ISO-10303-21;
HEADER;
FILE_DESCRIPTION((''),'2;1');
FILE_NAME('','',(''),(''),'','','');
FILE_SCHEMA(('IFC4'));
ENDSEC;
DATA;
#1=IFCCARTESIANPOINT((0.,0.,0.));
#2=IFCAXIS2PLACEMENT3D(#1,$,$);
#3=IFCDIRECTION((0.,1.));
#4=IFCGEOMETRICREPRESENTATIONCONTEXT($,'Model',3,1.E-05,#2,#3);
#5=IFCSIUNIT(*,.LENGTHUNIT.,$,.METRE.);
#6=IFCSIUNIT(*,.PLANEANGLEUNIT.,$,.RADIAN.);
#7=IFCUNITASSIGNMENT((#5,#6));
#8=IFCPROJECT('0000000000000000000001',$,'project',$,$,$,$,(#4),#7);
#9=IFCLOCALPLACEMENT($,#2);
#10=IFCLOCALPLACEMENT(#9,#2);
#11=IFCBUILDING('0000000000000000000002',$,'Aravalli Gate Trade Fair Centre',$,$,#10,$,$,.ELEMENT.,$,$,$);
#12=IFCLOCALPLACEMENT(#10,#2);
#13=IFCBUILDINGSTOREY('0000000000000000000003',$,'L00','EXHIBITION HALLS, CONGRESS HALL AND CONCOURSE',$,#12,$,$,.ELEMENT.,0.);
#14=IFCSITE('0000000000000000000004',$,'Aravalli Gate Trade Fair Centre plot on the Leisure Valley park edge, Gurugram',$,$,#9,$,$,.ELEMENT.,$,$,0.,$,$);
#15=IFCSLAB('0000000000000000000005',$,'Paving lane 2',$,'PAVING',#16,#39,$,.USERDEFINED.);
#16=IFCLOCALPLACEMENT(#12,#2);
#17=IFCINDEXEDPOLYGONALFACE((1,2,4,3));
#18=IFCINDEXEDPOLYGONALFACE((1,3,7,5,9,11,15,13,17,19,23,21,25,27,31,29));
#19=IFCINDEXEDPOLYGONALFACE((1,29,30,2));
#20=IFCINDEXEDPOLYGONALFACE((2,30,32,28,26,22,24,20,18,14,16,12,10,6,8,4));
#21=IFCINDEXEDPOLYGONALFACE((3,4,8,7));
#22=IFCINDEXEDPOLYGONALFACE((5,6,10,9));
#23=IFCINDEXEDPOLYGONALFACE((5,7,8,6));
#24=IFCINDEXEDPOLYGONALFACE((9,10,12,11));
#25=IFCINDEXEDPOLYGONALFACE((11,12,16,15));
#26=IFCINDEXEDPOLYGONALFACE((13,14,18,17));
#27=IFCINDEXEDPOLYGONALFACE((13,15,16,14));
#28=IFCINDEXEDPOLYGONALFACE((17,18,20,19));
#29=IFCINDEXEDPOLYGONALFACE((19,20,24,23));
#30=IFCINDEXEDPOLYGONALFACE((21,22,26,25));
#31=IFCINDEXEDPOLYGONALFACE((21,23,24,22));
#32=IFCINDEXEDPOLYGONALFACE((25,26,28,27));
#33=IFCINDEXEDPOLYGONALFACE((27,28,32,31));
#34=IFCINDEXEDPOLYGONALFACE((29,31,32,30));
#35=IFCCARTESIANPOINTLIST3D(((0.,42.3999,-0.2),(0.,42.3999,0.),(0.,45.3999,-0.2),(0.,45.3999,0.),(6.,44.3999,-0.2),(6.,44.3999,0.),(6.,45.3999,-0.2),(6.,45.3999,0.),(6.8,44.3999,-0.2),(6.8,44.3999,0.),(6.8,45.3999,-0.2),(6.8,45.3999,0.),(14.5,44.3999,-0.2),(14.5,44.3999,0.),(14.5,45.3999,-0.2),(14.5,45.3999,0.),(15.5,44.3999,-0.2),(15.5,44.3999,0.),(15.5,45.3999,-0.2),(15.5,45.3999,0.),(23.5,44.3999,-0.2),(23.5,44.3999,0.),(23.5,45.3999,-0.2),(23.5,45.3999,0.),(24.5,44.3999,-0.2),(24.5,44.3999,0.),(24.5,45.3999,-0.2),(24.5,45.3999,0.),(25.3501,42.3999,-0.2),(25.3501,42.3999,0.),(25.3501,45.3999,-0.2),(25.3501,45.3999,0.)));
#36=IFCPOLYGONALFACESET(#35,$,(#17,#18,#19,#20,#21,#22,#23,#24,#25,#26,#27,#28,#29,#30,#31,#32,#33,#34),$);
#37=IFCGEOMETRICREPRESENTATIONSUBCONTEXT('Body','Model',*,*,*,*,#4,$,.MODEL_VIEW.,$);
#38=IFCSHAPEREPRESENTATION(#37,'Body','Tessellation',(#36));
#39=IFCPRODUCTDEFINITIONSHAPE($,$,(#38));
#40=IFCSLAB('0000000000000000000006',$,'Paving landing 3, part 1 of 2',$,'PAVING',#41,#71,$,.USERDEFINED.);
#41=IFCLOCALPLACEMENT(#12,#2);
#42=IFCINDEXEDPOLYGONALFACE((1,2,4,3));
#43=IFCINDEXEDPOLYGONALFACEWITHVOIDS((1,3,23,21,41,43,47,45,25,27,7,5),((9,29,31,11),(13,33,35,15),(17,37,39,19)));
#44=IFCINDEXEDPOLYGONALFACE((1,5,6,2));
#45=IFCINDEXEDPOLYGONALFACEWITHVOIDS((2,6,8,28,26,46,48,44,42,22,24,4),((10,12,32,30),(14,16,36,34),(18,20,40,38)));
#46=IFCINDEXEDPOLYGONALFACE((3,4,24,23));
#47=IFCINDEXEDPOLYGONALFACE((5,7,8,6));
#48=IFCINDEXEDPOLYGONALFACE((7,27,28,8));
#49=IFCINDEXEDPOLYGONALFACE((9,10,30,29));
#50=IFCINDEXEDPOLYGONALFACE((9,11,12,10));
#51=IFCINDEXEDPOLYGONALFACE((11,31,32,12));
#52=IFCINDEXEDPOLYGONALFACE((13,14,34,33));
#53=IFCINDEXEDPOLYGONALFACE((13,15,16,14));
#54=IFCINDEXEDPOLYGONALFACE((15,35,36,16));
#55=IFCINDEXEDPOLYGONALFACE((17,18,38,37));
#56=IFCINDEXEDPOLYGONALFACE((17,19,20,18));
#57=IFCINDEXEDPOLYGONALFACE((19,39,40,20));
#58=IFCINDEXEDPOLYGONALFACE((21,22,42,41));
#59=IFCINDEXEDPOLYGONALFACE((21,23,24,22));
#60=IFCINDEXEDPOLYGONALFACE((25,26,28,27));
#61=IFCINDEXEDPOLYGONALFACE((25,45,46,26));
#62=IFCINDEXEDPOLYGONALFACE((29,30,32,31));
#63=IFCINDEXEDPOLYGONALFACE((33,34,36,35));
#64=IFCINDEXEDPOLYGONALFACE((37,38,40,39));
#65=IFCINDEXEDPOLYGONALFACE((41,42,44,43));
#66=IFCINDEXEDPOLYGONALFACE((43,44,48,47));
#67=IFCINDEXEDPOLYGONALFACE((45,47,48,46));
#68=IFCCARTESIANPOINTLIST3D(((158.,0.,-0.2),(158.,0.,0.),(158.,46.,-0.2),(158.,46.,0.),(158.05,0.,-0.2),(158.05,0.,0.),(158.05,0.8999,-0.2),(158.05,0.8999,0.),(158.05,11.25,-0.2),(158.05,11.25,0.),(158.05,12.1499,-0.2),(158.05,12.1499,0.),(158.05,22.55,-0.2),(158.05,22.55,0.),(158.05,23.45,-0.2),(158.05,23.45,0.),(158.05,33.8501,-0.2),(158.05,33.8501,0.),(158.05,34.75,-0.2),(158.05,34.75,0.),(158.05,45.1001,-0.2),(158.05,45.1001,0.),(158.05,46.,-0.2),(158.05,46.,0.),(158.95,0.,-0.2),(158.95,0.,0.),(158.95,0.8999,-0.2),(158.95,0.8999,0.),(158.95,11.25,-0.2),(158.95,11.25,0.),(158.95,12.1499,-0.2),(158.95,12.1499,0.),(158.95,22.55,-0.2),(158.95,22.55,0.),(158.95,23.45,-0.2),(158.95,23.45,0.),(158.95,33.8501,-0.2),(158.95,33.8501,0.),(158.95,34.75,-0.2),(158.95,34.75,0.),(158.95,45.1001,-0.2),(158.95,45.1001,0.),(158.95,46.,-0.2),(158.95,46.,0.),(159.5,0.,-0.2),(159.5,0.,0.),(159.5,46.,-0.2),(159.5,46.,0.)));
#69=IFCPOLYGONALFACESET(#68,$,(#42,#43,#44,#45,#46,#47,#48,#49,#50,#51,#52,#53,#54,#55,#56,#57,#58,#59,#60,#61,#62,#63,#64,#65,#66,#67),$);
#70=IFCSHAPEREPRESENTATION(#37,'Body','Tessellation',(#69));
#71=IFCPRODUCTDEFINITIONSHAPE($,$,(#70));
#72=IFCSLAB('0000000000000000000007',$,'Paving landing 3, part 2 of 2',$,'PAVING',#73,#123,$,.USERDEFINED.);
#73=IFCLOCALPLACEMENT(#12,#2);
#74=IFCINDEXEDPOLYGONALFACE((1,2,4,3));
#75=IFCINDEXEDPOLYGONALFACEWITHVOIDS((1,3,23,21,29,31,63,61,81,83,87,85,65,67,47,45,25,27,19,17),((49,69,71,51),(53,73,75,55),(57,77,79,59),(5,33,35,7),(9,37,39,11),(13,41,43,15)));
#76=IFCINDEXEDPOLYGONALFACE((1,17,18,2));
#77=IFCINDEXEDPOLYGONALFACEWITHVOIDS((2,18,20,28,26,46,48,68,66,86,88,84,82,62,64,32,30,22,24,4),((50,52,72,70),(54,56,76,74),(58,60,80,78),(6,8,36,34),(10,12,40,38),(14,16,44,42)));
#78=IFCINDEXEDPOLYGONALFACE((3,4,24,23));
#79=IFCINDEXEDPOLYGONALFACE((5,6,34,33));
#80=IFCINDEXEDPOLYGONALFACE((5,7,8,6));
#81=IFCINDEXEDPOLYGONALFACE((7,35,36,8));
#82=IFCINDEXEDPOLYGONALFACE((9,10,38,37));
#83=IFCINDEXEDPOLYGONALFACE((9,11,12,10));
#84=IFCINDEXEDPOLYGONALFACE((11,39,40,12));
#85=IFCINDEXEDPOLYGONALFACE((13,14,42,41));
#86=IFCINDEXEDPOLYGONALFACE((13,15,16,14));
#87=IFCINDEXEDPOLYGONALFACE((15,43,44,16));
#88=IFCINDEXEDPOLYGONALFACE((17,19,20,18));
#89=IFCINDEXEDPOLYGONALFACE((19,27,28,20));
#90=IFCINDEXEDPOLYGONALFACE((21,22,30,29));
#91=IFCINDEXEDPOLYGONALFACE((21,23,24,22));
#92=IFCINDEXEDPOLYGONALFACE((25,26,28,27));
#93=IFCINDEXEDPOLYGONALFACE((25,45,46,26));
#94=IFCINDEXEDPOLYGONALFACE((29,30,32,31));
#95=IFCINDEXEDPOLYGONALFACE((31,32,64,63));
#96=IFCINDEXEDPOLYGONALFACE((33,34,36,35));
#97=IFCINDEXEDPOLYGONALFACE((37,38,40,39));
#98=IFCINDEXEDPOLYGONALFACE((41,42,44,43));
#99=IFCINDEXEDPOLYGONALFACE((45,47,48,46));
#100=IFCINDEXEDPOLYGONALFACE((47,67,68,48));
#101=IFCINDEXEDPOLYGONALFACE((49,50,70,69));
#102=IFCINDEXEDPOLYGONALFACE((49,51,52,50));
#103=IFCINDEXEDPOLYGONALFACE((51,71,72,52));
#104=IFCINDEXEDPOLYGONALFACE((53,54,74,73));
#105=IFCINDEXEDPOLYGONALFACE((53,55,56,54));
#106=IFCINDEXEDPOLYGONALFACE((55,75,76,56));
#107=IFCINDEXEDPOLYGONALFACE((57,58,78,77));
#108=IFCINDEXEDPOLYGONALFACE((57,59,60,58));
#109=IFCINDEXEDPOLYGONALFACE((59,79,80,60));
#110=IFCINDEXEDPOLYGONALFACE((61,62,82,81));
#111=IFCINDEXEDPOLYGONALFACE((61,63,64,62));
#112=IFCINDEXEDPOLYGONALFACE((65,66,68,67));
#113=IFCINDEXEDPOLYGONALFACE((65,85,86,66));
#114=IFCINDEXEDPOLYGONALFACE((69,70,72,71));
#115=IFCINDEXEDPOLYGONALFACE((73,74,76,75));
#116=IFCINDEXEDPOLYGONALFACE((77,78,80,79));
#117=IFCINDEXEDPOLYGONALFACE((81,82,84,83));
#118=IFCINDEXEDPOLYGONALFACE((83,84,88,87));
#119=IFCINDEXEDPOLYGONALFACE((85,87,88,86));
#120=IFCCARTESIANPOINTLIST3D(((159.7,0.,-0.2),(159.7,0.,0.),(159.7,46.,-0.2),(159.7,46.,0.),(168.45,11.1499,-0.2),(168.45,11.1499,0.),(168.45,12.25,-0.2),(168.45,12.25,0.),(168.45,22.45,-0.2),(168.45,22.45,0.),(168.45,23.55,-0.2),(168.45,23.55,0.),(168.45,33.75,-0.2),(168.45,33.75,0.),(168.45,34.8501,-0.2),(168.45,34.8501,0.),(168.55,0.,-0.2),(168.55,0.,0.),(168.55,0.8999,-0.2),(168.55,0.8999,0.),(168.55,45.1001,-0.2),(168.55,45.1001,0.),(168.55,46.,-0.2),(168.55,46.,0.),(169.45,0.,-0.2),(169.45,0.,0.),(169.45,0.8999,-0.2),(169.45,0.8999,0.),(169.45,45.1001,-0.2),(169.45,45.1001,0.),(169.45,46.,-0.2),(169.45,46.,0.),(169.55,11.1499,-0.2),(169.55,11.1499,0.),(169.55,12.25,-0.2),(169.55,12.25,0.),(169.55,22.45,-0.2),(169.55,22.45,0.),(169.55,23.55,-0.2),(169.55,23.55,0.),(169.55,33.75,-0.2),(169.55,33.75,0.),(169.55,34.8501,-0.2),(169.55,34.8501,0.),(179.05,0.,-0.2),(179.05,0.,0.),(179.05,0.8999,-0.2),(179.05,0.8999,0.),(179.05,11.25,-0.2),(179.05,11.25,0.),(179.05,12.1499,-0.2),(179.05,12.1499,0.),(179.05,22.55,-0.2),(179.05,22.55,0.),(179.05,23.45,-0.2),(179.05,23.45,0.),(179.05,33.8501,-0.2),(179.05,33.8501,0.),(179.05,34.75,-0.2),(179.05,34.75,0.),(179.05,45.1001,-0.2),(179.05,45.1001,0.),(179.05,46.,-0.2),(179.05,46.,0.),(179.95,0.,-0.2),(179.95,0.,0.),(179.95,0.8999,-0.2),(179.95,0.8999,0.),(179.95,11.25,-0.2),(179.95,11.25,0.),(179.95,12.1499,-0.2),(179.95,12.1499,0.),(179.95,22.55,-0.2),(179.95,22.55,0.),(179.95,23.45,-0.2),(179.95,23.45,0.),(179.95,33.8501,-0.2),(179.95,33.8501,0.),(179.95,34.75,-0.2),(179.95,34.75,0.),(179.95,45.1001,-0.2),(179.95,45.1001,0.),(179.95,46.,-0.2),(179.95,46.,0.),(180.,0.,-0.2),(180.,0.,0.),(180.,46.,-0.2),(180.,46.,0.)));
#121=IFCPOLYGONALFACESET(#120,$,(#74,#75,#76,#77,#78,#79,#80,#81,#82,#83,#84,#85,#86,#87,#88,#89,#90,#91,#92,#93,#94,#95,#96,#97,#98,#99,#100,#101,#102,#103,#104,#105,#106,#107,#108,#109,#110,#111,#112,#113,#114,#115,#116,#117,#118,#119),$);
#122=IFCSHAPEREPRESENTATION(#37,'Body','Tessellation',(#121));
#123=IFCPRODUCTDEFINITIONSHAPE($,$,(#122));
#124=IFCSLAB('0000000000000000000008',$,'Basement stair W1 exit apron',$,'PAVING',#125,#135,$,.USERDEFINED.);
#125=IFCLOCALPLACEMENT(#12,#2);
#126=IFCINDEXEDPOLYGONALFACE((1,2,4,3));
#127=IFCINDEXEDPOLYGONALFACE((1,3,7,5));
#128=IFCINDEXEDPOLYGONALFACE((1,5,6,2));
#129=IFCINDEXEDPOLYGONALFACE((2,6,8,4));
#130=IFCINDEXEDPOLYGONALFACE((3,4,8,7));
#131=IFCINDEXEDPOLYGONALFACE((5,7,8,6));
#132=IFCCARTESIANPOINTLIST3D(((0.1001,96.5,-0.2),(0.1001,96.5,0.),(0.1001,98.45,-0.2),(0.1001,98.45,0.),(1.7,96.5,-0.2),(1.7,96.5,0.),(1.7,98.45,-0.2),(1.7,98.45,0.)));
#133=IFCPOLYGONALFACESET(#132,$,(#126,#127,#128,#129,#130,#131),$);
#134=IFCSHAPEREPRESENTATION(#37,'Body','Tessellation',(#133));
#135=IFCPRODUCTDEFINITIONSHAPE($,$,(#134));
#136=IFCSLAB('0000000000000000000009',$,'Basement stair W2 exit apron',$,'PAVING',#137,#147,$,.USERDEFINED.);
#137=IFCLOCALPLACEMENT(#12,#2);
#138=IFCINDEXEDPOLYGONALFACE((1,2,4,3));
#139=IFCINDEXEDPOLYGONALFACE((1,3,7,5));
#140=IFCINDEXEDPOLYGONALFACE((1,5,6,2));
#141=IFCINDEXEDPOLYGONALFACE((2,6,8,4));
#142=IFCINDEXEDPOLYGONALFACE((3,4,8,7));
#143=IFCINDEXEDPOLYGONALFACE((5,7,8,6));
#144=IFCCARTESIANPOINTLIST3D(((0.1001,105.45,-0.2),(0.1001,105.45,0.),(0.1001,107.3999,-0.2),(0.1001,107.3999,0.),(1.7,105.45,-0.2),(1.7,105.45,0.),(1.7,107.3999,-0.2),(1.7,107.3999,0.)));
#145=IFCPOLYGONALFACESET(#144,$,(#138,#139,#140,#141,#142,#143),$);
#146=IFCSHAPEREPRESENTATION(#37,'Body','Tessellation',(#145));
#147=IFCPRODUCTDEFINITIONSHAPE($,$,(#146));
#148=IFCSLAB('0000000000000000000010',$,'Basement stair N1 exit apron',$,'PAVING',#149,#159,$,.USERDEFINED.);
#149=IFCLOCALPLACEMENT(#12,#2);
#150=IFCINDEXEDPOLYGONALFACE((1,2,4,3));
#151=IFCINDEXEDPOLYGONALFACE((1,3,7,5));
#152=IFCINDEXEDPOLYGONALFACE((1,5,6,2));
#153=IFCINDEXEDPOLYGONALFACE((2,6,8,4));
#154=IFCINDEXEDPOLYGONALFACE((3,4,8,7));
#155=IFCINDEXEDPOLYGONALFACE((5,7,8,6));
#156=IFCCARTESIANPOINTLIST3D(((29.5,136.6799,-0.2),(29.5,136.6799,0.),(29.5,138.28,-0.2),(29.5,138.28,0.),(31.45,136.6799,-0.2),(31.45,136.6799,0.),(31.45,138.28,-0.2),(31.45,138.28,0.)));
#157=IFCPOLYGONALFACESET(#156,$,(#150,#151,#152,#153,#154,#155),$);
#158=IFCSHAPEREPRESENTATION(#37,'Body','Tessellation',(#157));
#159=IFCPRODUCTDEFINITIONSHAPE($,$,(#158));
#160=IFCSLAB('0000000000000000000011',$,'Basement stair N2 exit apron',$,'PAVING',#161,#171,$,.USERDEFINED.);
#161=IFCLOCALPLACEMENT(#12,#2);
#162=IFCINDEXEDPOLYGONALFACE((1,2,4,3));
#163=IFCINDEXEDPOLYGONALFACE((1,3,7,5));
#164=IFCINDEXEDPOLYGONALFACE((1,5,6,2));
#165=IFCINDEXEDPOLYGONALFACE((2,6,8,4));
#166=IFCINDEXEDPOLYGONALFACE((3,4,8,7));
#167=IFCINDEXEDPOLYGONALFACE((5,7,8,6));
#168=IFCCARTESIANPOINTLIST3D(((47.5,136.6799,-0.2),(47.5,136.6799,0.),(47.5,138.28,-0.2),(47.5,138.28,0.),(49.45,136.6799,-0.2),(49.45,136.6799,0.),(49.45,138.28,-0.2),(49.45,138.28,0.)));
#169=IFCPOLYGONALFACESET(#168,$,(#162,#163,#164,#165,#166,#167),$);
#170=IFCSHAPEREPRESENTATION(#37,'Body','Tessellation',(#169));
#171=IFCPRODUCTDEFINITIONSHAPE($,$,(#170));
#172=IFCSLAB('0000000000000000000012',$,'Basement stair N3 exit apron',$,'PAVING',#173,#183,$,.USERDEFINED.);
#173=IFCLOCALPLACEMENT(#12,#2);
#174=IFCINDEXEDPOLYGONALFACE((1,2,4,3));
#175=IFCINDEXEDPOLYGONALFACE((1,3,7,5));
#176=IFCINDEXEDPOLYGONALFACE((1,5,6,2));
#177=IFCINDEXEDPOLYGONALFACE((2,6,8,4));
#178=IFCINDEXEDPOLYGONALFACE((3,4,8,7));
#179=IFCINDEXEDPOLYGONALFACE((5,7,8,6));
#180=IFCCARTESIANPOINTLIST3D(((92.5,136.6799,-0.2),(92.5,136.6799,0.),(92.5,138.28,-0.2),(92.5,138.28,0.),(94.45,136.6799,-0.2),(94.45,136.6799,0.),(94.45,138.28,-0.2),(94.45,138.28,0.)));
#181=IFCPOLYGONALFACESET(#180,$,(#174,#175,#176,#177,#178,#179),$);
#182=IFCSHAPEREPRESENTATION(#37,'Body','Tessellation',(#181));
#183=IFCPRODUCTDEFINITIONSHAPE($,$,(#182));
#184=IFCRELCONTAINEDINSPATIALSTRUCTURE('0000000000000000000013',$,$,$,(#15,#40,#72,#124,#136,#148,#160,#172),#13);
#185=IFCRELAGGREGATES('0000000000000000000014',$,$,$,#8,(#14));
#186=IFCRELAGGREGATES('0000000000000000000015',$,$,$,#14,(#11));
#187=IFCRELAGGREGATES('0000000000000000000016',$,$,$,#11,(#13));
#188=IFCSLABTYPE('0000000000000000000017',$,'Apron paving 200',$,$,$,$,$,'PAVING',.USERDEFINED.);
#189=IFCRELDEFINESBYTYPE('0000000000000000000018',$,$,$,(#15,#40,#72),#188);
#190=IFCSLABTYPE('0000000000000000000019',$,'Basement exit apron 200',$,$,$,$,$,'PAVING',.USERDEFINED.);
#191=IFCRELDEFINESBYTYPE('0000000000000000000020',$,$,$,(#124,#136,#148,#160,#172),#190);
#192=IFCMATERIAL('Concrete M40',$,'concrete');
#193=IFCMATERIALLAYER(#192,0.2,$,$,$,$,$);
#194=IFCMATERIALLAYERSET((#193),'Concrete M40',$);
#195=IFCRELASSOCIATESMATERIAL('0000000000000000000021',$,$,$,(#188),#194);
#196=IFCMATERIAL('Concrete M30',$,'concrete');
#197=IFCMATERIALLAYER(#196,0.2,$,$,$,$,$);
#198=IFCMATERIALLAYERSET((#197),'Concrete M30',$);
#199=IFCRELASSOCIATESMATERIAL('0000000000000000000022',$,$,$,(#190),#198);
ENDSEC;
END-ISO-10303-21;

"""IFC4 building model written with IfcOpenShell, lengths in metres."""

from ifc_helpers import new_model, si_unit, direction, frame, origin, place, context, subcontext, project, spatial, polyline, outline, extrude, material, layer, layer_set, type_object, element, save


model = new_model("IFC4")

# Units and contexts
model_context = context("Model", 3, precision=1e-05, world=origin(), true_north=direction((0.0, 1.0)))
body_context = subcontext(model_context, "Body", "Model", "MODEL_VIEW")
ifc_project = project(units=[si_unit("LENGTHUNIT", "METRE"), si_unit("PLANEANGLEUNIT", "RADIAN")], contexts=[model_context])

# Site, building, storey
site_placement = place(None, origin())
site = spatial("IfcSite", under=ifc_project, at=site_placement, Name="Aravalli Gate Trade Fair Centre plot on the Leisure Valley park edge, Gurugram", CompositionType="ELEMENT", RefElevation=0.0)
building_placement = place(site_placement, origin())
building = spatial("IfcBuilding", under=site, at=building_placement, Name="Aravalli Gate Trade Fair Centre", CompositionType="ELEMENT")
storey_placement = place(building_placement, origin())
storey = spatial("IfcBuildingStorey", under=building, at=storey_placement, Name="L00", Description="EXHIBITION HALLS, CONGRESS HALL AND CONCOURSE", CompositionType="ELEMENT", Elevation=0.0)

# Slabs
ifc_material_1 = material(Name="Concrete M40", Category="concrete")
ifc_layer_1 = layer(ifc_material_1, 0.2)
ifc_layer_set_1 = layer_set([ifc_layer_1], Name="Concrete M40")
slab_type_1 = type_object("IfcSlabType", Name="Apron paving 200", ElementType="PAVING", PredefinedType="USERDEFINED", material=ifc_layer_set_1)
slab_1_placement = place(storey_placement, frame((0.0, 0.0, -0.2)))
element("IfcSlab", 1, at=slab_1_placement, inside=storey, type_object=slab_type_1, Name="Paving lane 2", ObjectType="PAVING", PredefinedType="USERDEFINED", context=body_context, shape_type="SweptSolid", body=[
    extrude(outline(polyline([(0.0, 45.3999), (6.0, 45.3999), (6.0, 44.3999), (6.8, 44.3999), (6.8, 45.3999), (14.5, 45.3999), (14.5, 44.3999), (15.5, 44.3999), (15.5, 45.3999), (23.5, 45.3999), (23.5, 44.3999), (24.5, 44.3999), (24.5, 45.3999), (25.3501, 45.3999), (25.3501, 42.3999), (0.0, 42.3999), (0.0, 45.3999)])), origin(), (0.0, 0.0, 1.0), 0.2),
])
slab_2_placement = place(storey_placement, frame((0.0, 0.0, -0.2)))
element("IfcSlab", 2, at=slab_2_placement, inside=storey, type_object=slab_type_1, Name="Paving landing 3, part 1 of 2", ObjectType="PAVING", PredefinedType="USERDEFINED", context=body_context, shape_type="SweptSolid", body=[
    extrude(outline(polyline([(158.95, 0.0), (159.5, 0.0), (159.5, 46.0), (158.95, 46.0), (158.95, 45.1001), (158.05, 45.1001), (158.05, 46.0), (158.0, 46.0), (158.0, 0.0), (158.05, 0.0), (158.05, 0.8999), (158.95, 0.8999), (158.95, 0.0)]), holes=[polyline([(158.05, 33.8501), (158.05, 34.75), (158.95, 34.75), (158.95, 33.8501), (158.05, 33.8501)]), polyline([(158.05, 23.45), (158.95, 23.45), (158.95, 22.55), (158.05, 22.55), (158.05, 23.45)]), polyline([(158.05, 11.25), (158.05, 12.1499), (158.95, 12.1499), (158.95, 11.25), (158.05, 11.25)])]), origin(), (0.0, 0.0, 1.0), 0.2),
])
slab_3_placement = place(storey_placement, frame((0.0, 0.0, -0.2)))
element("IfcSlab", 3, at=slab_3_placement, inside=storey, type_object=slab_type_1, Name="Paving landing 3, part 2 of 2", ObjectType="PAVING", PredefinedType="USERDEFINED", context=body_context, shape_type="SweptSolid", body=[
    extrude(outline(polyline([(180.0, 0.0), (180.0, 46.0), (179.95, 46.0), (179.95, 45.1001), (179.05, 45.1001), (179.05, 46.0), (169.45, 46.0), (169.45, 45.1001), (168.55, 45.1001), (168.55, 46.0), (159.7, 46.0), (159.7, 0.0), (168.55, 0.0), (168.55, 0.8999), (169.45, 0.8999), (169.45, 0.0), (179.05, 0.0), (179.05, 0.8999), (179.95, 0.8999), (179.95, 0.0), (180.0, 0.0)]), holes=[polyline([(179.05, 33.8501), (179.05, 34.75), (179.95, 34.75), (179.95, 33.8501), (179.05, 33.8501)]), polyline([(179.05, 22.55), (179.05, 23.45), (179.95, 23.45), (179.95, 22.55), (179.05, 22.55)]), polyline([(179.05, 11.25), (179.05, 12.1499), (179.95, 12.1499), (179.95, 11.25), (179.05, 11.25)]), polyline([(168.45, 33.75), (168.45, 34.8501), (169.55, 34.8501), (169.55, 33.75), (168.45, 33.75)]), polyline([(168.45, 23.55), (169.55, 23.55), (169.55, 22.45), (168.45, 22.45), (168.45, 23.55)]), polyline([(168.45, 11.1499), (168.45, 12.25), (169.55, 12.25), (169.55, 11.1499), (168.45, 11.1499)])]), origin(), (0.0, 0.0, 1.0), 0.2),
])
ifc_material_2 = material(Name="Concrete M30", Category="concrete")
ifc_layer_2 = layer(ifc_material_2, 0.2)
ifc_layer_set_2 = layer_set([ifc_layer_2], Name="Concrete M30")
slab_type_2 = type_object("IfcSlabType", Name="Basement exit apron 200", ElementType="PAVING", PredefinedType="USERDEFINED", material=ifc_layer_set_2)
slab_4_placement = place(storey_placement, frame((0.0, 0.0, -0.2)))
element("IfcSlab", 4, at=slab_4_placement, inside=storey, type_object=slab_type_2, Name="Basement stair W1 exit apron", ObjectType="PAVING", PredefinedType="USERDEFINED", context=body_context, shape_type="SweptSolid", body=[
    extrude(outline(polyline([(1.7, 98.45), (1.7, 96.5), (0.1001, 96.5), (0.1001, 98.45), (1.7, 98.45)])), origin(), (0.0, 0.0, 1.0), 0.2),
])
slab_5_placement = place(storey_placement, frame((0.0, 0.0, -0.2)))
element("IfcSlab", 5, at=slab_5_placement, inside=storey, type_object=slab_type_2, Name="Basement stair W2 exit apron", ObjectType="PAVING", PredefinedType="USERDEFINED", context=body_context, shape_type="SweptSolid", body=[
    extrude(outline(polyline([(1.7, 107.3999), (1.7, 105.45), (0.1001, 105.45), (0.1001, 107.3999), (1.7, 107.3999)])), origin(), (0.0, 0.0, 1.0), 0.2),
])
slab_6_placement = place(storey_placement, frame((0.0, 0.0, -0.2)))
element("IfcSlab", 6, at=slab_6_placement, inside=storey, type_object=slab_type_2, Name="Basement stair N1 exit apron", ObjectType="PAVING", PredefinedType="USERDEFINED", context=body_context, shape_type="SweptSolid", body=[
    extrude(outline(polyline([(31.45, 136.6799), (29.5, 136.6799), (29.5, 138.28), (31.45, 138.28), (31.45, 136.6799)])), origin(), (0.0, 0.0, 1.0), 0.2),
])
slab_7_placement = place(storey_placement, frame((0.0, 0.0, -0.2)))
element("IfcSlab", 7, at=slab_7_placement, inside=storey, type_object=slab_type_2, Name="Basement stair N2 exit apron", ObjectType="PAVING", PredefinedType="USERDEFINED", context=body_context, shape_type="SweptSolid", body=[
    extrude(outline(polyline([(49.45, 136.6799), (47.5, 136.6799), (47.5, 138.28), (49.45, 138.28), (49.45, 136.6799)])), origin(), (0.0, 0.0, 1.0), 0.2),
])
slab_8_placement = place(storey_placement, frame((0.0, 0.0, -0.2)))
element("IfcSlab", 8, at=slab_8_placement, inside=storey, type_object=slab_type_2, Name="Basement stair N3 exit apron", ObjectType="PAVING", PredefinedType="USERDEFINED", context=body_context, shape_type="SweptSolid", body=[
    extrude(outline(polyline([(94.45, 136.6799), (92.5, 136.6799), (92.5, 138.28), (94.45, 138.28), (94.45, 136.6799)])), origin(), (0.0, 0.0, 1.0), 0.2),
])

save(model, "model.ifc")
